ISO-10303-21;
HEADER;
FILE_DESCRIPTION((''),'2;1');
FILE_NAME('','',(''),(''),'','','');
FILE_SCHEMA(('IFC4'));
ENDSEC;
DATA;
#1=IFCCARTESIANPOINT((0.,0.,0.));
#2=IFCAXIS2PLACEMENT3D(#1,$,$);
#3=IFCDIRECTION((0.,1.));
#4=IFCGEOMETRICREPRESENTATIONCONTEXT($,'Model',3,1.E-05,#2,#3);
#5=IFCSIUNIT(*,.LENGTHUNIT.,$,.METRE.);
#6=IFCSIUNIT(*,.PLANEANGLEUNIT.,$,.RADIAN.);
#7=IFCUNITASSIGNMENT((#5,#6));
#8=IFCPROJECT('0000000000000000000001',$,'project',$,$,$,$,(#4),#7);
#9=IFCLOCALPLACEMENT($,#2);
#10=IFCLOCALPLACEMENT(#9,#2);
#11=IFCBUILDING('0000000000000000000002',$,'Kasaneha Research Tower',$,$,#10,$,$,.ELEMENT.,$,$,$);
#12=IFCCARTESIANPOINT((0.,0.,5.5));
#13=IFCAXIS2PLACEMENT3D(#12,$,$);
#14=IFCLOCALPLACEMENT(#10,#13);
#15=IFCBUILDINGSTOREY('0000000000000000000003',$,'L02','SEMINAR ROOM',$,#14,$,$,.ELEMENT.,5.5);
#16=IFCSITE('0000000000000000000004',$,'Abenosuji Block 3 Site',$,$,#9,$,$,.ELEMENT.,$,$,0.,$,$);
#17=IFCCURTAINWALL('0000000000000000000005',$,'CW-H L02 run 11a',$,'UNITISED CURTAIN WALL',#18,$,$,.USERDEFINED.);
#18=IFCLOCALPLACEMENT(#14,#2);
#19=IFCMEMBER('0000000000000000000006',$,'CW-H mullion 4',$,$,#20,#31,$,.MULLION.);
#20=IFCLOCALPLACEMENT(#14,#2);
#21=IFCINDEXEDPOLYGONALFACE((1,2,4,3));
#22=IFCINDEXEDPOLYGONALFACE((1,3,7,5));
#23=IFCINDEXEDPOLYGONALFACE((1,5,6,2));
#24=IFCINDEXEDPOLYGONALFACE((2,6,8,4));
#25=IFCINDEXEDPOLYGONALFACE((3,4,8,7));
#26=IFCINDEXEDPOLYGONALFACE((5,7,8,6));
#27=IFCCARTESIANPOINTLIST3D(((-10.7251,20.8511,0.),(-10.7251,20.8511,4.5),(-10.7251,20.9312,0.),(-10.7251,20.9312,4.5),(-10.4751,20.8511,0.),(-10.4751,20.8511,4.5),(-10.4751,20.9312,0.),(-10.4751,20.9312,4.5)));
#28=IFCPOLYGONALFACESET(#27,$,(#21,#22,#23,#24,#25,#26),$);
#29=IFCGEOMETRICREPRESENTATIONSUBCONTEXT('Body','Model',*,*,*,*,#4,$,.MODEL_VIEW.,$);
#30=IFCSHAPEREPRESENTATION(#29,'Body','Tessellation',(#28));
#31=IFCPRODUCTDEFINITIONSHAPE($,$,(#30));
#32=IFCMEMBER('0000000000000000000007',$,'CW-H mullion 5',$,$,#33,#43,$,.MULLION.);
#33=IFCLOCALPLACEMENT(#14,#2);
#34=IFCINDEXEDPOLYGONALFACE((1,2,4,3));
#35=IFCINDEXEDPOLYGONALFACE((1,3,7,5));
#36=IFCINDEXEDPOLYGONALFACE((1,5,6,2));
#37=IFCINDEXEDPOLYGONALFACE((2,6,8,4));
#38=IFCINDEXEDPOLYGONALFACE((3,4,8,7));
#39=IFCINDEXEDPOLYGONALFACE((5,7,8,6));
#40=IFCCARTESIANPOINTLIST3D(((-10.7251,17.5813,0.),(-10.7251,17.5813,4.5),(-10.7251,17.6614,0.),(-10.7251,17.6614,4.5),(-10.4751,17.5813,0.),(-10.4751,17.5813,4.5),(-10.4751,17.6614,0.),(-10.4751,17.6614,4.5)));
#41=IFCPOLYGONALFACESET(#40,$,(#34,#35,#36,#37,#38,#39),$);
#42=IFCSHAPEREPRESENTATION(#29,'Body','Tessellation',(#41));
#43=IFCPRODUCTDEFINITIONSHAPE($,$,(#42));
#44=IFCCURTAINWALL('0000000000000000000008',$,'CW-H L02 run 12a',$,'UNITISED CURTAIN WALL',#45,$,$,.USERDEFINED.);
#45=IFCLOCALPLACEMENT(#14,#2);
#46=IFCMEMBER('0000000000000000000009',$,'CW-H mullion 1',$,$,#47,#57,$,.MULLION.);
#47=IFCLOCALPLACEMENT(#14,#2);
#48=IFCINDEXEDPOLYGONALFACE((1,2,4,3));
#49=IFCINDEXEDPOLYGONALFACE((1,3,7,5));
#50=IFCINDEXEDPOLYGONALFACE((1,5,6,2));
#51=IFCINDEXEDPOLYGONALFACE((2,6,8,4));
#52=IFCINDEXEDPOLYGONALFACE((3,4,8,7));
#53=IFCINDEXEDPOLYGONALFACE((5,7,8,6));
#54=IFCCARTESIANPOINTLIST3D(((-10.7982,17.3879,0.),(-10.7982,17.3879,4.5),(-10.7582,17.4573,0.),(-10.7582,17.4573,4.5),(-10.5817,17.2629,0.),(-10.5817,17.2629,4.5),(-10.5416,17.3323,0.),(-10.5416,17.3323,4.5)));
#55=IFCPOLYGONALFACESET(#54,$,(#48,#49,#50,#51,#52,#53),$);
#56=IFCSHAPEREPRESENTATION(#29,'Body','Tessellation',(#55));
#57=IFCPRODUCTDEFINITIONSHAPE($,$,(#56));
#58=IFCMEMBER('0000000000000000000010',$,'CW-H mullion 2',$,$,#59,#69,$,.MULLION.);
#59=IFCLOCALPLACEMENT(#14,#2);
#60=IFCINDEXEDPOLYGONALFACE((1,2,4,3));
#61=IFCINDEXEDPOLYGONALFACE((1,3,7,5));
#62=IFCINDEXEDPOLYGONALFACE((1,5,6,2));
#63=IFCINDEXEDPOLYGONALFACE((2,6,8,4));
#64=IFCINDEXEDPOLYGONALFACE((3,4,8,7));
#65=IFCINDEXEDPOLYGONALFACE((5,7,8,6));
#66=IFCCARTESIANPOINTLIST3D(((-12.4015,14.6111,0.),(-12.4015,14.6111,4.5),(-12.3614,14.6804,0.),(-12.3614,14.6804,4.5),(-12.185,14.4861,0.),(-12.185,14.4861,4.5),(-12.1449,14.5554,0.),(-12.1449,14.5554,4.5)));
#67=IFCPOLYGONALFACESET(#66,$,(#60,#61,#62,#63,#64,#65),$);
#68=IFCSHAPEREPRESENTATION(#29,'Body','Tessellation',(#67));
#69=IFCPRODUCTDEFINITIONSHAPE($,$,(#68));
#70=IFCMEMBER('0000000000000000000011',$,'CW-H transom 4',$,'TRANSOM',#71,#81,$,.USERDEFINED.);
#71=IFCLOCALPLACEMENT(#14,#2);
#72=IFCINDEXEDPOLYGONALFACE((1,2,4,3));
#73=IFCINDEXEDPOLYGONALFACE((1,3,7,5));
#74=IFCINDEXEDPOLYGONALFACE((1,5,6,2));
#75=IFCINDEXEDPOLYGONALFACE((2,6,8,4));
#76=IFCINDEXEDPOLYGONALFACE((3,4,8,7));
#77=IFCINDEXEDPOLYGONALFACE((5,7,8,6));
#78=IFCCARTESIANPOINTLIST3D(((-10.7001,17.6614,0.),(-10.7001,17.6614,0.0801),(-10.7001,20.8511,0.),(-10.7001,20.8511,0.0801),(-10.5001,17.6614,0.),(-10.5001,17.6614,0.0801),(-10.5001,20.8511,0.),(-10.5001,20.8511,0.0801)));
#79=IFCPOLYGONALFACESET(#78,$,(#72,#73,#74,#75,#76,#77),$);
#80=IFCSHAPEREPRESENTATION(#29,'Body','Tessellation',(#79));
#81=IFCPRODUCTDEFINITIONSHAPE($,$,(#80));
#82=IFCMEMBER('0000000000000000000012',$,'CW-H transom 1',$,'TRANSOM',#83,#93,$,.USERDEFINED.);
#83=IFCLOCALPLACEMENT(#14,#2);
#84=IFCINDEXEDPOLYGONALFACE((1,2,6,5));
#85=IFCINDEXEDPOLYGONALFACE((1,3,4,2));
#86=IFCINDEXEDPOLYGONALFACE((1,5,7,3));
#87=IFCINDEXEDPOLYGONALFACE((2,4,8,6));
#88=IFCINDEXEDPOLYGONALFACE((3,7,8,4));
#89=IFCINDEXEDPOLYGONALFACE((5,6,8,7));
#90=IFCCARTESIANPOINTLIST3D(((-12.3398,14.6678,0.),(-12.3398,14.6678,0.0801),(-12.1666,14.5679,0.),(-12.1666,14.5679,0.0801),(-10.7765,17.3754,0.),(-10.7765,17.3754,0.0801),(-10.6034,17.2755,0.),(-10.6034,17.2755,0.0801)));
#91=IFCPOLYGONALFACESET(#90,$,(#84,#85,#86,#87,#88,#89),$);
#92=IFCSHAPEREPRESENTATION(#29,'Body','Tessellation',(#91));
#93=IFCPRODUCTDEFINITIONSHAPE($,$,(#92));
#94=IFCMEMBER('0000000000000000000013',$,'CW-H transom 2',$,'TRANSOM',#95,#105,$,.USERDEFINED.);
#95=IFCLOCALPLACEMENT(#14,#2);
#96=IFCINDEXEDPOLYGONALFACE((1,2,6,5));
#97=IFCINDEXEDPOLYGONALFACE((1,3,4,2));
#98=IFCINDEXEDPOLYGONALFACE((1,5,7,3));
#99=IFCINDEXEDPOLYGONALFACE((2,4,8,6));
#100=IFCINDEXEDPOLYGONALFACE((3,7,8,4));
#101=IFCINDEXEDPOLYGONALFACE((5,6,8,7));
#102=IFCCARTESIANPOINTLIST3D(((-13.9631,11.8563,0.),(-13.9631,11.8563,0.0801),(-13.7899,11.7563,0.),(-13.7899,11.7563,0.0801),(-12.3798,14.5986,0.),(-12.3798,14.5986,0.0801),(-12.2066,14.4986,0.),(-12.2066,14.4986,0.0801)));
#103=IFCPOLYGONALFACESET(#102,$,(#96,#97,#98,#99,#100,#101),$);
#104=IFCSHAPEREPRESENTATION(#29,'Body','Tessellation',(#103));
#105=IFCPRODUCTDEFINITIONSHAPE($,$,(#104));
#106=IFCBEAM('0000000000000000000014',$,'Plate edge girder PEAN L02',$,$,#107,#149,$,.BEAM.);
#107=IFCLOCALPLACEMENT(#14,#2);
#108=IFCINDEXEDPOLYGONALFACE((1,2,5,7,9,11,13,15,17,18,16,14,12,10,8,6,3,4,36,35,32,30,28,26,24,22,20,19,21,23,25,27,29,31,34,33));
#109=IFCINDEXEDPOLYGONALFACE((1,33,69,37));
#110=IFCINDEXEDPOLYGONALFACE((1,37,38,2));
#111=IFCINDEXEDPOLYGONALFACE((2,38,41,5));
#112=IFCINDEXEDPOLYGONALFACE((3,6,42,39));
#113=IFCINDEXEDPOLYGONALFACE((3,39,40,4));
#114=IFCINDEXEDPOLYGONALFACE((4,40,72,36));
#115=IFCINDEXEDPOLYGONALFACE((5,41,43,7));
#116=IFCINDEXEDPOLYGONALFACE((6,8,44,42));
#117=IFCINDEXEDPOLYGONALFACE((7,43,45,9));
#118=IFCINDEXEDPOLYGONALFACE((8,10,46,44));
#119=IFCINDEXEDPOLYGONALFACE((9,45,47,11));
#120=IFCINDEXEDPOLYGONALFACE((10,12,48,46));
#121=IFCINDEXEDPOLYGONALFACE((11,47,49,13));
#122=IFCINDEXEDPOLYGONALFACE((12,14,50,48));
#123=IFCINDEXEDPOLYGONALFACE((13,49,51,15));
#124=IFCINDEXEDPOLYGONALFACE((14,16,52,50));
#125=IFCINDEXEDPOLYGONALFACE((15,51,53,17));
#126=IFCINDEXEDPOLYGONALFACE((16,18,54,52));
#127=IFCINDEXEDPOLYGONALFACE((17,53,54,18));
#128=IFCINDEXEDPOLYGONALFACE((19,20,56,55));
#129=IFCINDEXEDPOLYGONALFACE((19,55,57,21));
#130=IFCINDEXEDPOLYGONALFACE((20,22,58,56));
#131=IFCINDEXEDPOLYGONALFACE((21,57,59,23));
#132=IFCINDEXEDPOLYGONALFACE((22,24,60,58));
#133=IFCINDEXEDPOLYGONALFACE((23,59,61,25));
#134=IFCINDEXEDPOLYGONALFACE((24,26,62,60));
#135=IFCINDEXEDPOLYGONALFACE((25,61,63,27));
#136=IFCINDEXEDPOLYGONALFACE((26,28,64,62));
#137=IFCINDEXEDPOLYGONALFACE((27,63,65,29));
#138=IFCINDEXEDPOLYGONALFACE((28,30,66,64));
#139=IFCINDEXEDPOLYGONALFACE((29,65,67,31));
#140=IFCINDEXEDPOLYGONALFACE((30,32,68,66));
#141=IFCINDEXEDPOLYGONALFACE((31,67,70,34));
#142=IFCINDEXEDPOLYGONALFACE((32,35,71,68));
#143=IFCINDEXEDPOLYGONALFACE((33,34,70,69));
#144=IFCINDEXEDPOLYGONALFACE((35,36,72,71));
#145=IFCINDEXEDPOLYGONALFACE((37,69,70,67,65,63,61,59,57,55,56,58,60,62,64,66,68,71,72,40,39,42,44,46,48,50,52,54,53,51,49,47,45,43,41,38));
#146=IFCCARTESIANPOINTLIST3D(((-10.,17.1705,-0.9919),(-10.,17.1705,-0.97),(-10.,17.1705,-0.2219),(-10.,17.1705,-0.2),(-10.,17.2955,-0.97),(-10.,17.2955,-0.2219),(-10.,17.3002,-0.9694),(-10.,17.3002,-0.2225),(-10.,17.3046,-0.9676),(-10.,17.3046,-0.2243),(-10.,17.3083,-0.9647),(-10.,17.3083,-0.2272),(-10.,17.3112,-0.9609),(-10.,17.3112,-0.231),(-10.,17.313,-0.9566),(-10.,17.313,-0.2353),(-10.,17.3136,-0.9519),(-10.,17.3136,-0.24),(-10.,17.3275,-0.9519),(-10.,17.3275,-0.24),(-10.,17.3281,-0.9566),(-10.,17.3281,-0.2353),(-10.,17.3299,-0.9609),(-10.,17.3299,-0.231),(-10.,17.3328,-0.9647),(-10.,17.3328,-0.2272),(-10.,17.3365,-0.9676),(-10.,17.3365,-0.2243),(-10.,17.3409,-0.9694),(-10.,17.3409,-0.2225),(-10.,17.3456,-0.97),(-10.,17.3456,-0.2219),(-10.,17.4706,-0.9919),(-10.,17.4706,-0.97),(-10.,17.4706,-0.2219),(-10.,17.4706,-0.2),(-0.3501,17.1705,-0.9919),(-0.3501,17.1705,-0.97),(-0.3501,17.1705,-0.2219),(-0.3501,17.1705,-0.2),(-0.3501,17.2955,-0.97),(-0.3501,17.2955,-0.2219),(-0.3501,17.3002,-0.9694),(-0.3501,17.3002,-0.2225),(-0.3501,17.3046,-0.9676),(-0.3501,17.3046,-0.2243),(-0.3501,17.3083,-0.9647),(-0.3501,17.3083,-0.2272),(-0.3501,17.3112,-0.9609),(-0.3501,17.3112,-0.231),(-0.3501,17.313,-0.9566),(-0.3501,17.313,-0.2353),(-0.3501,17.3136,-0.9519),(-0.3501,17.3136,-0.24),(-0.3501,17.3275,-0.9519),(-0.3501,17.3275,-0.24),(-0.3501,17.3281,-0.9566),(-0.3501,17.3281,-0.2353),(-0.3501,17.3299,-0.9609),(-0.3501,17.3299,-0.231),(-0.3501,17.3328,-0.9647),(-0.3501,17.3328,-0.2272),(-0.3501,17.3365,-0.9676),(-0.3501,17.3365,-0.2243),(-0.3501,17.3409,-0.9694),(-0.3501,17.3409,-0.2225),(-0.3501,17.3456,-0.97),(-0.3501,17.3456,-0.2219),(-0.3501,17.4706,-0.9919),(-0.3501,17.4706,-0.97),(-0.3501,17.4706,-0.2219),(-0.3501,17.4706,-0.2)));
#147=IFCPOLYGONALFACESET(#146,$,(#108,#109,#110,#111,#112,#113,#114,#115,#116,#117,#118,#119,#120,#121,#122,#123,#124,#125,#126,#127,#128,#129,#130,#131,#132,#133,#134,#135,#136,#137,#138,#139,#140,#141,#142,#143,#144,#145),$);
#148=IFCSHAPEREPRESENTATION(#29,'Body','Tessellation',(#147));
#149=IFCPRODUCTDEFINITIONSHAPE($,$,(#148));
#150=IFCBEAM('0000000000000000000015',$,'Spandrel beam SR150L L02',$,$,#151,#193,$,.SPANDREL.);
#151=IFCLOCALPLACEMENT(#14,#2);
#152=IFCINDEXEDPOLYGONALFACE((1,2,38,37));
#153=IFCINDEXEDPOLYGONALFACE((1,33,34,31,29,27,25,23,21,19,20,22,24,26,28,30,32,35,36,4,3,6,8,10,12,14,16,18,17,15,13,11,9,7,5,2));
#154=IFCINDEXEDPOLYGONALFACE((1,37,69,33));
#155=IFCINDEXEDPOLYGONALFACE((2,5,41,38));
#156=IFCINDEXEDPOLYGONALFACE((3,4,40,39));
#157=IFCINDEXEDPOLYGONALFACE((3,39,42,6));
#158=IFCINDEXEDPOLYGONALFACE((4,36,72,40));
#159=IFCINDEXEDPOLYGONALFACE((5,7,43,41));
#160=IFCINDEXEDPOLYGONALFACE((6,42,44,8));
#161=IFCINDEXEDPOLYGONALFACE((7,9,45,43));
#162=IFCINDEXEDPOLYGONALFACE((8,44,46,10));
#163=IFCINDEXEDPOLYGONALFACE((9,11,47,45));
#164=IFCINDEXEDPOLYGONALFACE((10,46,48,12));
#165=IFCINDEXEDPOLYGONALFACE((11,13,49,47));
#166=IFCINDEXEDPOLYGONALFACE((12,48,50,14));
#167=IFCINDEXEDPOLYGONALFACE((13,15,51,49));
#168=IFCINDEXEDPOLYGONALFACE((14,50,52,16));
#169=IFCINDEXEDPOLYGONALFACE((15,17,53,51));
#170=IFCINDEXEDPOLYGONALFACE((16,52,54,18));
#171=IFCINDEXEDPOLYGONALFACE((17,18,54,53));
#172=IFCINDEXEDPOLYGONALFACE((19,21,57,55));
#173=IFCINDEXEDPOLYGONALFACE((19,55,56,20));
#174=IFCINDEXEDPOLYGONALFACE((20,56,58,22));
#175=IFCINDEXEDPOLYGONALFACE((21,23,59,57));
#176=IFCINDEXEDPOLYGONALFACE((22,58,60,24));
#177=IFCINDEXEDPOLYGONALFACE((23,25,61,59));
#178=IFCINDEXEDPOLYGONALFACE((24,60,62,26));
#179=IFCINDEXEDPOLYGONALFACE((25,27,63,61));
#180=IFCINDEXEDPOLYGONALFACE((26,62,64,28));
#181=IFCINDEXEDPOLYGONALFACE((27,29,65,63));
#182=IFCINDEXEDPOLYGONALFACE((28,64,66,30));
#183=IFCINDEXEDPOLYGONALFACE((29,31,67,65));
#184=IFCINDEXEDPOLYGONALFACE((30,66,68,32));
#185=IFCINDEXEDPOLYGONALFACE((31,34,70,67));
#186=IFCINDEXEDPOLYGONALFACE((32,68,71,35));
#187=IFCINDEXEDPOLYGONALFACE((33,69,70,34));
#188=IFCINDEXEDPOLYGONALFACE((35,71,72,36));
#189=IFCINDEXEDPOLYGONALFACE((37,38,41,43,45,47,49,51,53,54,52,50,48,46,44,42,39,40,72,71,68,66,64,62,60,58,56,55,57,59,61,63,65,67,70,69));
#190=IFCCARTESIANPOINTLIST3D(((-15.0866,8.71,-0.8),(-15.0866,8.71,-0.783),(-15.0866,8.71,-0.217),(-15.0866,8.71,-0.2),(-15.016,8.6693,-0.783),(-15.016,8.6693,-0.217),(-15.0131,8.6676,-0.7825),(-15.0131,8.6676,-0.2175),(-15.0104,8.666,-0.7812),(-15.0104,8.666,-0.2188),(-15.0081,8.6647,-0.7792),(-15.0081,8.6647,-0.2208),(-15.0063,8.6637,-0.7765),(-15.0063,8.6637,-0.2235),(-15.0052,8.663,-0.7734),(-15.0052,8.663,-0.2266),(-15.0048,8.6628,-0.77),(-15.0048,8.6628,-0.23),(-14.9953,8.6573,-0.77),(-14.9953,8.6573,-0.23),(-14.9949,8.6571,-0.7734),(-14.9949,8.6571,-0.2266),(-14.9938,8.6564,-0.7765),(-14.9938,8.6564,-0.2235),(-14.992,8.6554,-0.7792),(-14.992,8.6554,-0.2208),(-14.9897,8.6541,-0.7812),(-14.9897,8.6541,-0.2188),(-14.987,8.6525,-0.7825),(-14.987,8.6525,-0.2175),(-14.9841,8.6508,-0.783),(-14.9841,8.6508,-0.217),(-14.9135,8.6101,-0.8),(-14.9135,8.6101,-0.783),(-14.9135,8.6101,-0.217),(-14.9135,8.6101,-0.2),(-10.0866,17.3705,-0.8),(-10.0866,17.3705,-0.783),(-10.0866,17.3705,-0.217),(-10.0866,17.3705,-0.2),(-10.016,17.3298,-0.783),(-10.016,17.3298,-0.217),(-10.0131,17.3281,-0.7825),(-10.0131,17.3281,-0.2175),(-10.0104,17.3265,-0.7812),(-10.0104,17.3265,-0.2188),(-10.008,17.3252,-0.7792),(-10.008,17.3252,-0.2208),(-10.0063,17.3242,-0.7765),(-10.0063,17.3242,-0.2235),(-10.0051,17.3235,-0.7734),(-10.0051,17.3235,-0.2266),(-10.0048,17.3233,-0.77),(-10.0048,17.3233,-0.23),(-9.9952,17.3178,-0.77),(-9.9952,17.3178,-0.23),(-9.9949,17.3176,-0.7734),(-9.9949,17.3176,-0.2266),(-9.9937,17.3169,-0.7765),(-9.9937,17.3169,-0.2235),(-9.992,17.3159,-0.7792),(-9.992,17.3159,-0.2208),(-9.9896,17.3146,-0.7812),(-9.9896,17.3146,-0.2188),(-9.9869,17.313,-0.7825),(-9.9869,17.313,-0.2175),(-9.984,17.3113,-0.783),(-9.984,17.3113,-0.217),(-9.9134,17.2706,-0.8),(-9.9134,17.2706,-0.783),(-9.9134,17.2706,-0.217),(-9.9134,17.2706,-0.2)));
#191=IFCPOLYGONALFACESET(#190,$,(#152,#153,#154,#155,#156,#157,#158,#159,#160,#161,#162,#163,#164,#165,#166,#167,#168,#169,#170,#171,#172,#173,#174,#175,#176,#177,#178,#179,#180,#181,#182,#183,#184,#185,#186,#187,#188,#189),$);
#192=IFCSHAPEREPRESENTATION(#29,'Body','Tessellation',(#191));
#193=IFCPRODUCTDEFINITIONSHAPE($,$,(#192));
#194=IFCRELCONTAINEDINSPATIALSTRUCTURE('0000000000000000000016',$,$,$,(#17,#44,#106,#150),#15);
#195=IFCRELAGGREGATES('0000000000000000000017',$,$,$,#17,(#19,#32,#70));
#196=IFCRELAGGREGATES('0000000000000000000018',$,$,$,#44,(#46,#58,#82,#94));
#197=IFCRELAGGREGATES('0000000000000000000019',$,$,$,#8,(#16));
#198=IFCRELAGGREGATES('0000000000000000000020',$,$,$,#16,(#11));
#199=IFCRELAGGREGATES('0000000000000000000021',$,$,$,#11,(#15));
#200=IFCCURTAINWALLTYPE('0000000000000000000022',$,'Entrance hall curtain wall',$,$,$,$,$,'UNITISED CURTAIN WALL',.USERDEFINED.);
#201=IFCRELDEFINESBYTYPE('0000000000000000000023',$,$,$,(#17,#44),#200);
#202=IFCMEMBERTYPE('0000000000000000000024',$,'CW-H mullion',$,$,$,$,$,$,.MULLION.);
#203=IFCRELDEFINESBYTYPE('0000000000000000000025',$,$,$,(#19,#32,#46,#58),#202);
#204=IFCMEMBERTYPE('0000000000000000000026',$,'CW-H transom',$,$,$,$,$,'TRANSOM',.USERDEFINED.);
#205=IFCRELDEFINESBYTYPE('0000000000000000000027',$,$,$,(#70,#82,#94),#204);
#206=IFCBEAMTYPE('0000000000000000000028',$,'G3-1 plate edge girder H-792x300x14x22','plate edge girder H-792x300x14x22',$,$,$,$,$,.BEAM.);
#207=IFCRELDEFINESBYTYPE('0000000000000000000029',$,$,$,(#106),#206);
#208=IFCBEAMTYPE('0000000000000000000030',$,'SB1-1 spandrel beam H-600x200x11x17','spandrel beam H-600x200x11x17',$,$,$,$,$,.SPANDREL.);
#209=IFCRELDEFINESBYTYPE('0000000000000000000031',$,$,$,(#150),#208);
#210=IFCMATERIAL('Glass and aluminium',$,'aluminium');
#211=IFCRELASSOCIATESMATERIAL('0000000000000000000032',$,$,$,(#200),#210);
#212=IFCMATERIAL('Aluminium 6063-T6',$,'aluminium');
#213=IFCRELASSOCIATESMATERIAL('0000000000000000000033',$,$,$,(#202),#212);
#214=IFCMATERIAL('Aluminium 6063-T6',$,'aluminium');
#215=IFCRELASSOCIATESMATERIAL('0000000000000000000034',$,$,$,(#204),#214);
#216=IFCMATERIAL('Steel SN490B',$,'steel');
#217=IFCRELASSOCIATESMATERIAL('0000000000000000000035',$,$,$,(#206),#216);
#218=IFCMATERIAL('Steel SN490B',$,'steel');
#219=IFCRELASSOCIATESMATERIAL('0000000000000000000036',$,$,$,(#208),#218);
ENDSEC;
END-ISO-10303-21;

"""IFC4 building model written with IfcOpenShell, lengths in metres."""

from ifc_helpers import new_model, si_unit, direction, frame, origin, origin_2d, place, context, subcontext, project, spatial, rectangle, i_section, extrude, material, material_profile, profile_set, type_object, element, aggregate, save


model = new_model("IFC4")

# Units and contexts
model_context = context("Model", 3, precision=1e-05, world=origin(), true_north=direction((0.0, 1.0)))
body_context = subcontext(model_context, "Body", "Model", "MODEL_VIEW")
ifc_project = project(units=[si_unit("LENGTHUNIT", "METRE"), si_unit("PLANEANGLEUNIT", "RADIAN")], contexts=[model_context])

# Site, building, storey
site_placement = place(None, origin())
site = spatial("IfcSite", under=ifc_project, at=site_placement, Name="Abenosuji Block 3 Site", CompositionType="ELEMENT", RefElevation=0.0)
building_placement = place(site_placement, origin())
building = spatial("IfcBuilding", under=site, at=building_placement, Name="Kasaneha Research Tower", CompositionType="ELEMENT")
storey_placement = place(building_placement, frame((0.0, 0.0, 5.5)))
storey = spatial("IfcBuildingStorey", under=building, at=storey_placement, Name="L02", Description="SEMINAR ROOM", CompositionType="ELEMENT", Elevation=5.5)

# Curtain walls, members
ifc_material_1 = material(Name="Glass and aluminium", Category="aluminium")
curtain_wall_type = type_object("IfcCurtainWallType", Name="Entrance hall curtain wall", ElementType="UNITISED CURTAIN WALL", PredefinedType="USERDEFINED", material=ifc_material_1)
curtain_wall_1_placement = place(storey_placement, origin())
curtain_wall_1 = element("IfcCurtainWall", 1, at=curtain_wall_1_placement, inside=storey, type_object=curtain_wall_type, Name="CW-H L02 run 11a", ObjectType="UNITISED CURTAIN WALL", PredefinedType="USERDEFINED")
ifc_material_2 = material(Name="Aluminium 6063-T6", Category="aluminium")
ifc_material_profile_1 = material_profile(ifc_material_2, rectangle(XDim=0.0801, YDim=0.25, at=origin_2d()), Name="CW-H mullion 80x250")
ifc_profile_set_1 = profile_set([ifc_material_profile_1], Name="Aluminium 6063-T6")
member_type_1 = type_object("IfcMemberType", Name="CW-H mullion", PredefinedType="MULLION", material=ifc_profile_set_1)
member_1_placement = place(storey_placement, frame((-10.6001, 20.8911, 0.0), z_axis=(0.0, 0.0, 1.0), x_axis=(0.0, -1.0, 0.0)))
member_1 = element("IfcMember", 2, at=member_1_placement, type_object=member_type_1, Name="CW-H mullion 4", PredefinedType="MULLION", context=body_context, shape_type="SweptSolid", body=[
    extrude(rectangle(XDim=0.0801, YDim=0.25, at=origin_2d()), origin(), (0.0, 0.0, 1.0), 4.5),
])
member_2_placement = place(storey_placement, frame((-10.6001, 17.6213, 0.0), z_axis=(0.0, 0.0, 1.0), x_axis=(0.0, -1.0, 0.0)))
member_2 = element("IfcMember", 3, at=member_2_placement, type_object=member_type_1, Name="CW-H mullion 5", PredefinedType="MULLION", context=body_context, shape_type="SweptSolid", body=[
    extrude(rectangle(XDim=0.0801, YDim=0.25, at=origin_2d()), origin(), (0.0, 0.0, 1.0), 4.5),
])
curtain_wall_2_placement = place(storey_placement, origin())
curtain_wall_2 = element("IfcCurtainWall", 4, at=curtain_wall_2_placement, inside=storey, type_object=curtain_wall_type, Name="CW-H L02 run 12a", ObjectType="UNITISED CURTAIN WALL", PredefinedType="USERDEFINED")
member_3_placement = place(storey_placement, frame((-10.6699, 17.3601, 0.0), z_axis=(0.0, 0.0, 1.0), x_axis=(-0.5, -0.866025, 0.0)))
member_3 = element("IfcMember", 5, at=member_3_placement, type_object=member_type_1, Name="CW-H mullion 1", PredefinedType="MULLION", context=body_context, shape_type="SweptSolid", body=[
    extrude(rectangle(XDim=0.0801, YDim=0.25, at=origin_2d()), origin(), (0.0, 0.0, 1.0), 4.5),
])
member_4_placement = place(storey_placement, frame((-12.2732, 14.5833, 0.0), z_axis=(0.0, 0.0, 1.0), x_axis=(-0.5, -0.866025, 0.0)))
member_4 = element("IfcMember", 6, at=member_4_placement, type_object=member_type_1, Name="CW-H mullion 2", PredefinedType="MULLION", context=body_context, shape_type="SweptSolid", body=[
    extrude(rectangle(XDim=0.0801, YDim=0.25, at=origin_2d()), origin(), (0.0, 0.0, 1.0), 4.5),
])

# Members
ifc_material_3 = material(Name="Aluminium 6063-T6", Category="aluminium")
ifc_material_profile_2 = material_profile(ifc_material_3, rectangle(XDim=0.2, YDim=0.0801, at=origin_2d()), Name="CW-H transom 200x80")
ifc_profile_set_2 = profile_set([ifc_material_profile_2], Name="Aluminium 6063-T6")
member_type_2 = type_object("IfcMemberType", Name="CW-H transom", ElementType="TRANSOM", PredefinedType="USERDEFINED", material=ifc_profile_set_2)
member_5_placement = place(storey_placement, frame((-10.6001, 20.8511, 0.04), z_axis=(0.0, -1.0, 0.0), x_axis=(1.0, 0.0, 0.0)))
member_5 = element("IfcMember", 7, at=member_5_placement, type_object=member_type_2, Name="CW-H transom 4", ObjectType="TRANSOM", PredefinedType="USERDEFINED", context=body_context, shape_type="SweptSolid", body=[
    extrude(rectangle(XDim=0.2, YDim=0.0801, at=origin_2d()), origin(), (0.0, 0.0, 1.0), 3.1897),
])
member_6_placement = place(storey_placement, frame((-10.6899, 17.3254, 0.04), z_axis=(-0.500011, -0.866019, 0.0), x_axis=(0.866019, -0.500011, 0.0)))
member_6 = element("IfcMember", 8, at=member_6_placement, type_object=member_type_2, Name="CW-H transom 1", ObjectType="TRANSOM", PredefinedType="USERDEFINED", context=body_context, shape_type="SweptSolid", body=[
    extrude(rectangle(XDim=0.2, YDim=0.0801, at=origin_2d()), origin(), (0.0, 0.0, 1.0), 3.1265),
])
member_7_placement = place(storey_placement, frame((-12.2932, 14.5486, 0.04), z_axis=(-0.500012, -0.866019, 0.0), x_axis=(0.866019, -0.500012, 0.0)))
member_7 = element("IfcMember", 9, at=member_7_placement, type_object=member_type_2, Name="CW-H transom 2", ObjectType="TRANSOM", PredefinedType="USERDEFINED", context=body_context, shape_type="SweptSolid", body=[
    extrude(rectangle(XDim=0.2, YDim=0.0801, at=origin_2d()), origin(), (0.0, 0.0, 1.0), 3.1665),
])

# Beams
ifc_material_4 = material(Name="Steel SN490B", Category="steel")
ifc_material_profile_3 = material_profile(ifc_material_4, i_section(OverallWidth=0.3, OverallDepth=0.792, WebThickness=0.0139, FlangeThickness=0.022, FilletRadius=0.0181, at=origin_2d()), Name="H-792x300x14x22")
ifc_profile_set_3 = profile_set([ifc_material_profile_3], Name="Steel SN490B")
beam_type_1 = type_object("IfcBeamType", Name="G3-1 plate edge girder H-792x300x14x22", Description="plate edge girder H-792x300x14x22", PredefinedType="BEAM", material=ifc_profile_set_3)
beam_1_placement = place(storey_placement, frame((-10.0, 17.3206, -0.5959), z_axis=(1.0, 0.0, 0.0), x_axis=(0.0, 1.0, 0.0)))
element("IfcBeam", 10, at=beam_1_placement, inside=storey, type_object=beam_type_1, Name="Plate edge girder PEAN L02", PredefinedType="BEAM", context=body_context, shape_type="SweptSolid", body=[
    extrude(i_section(OverallWidth=0.3, OverallDepth=0.792, WebThickness=0.0139, FlangeThickness=0.022, FilletRadius=0.0181, at=origin_2d()), origin(), (0.0, 0.0, 1.0), 9.6499),
])
ifc_material_5 = material(Name="Steel SN490B", Category="steel")
ifc_material_profile_4 = material_profile(ifc_material_5, i_section(OverallWidth=0.2, OverallDepth=0.6001, WebThickness=0.011, FlangeThickness=0.0171, FilletRadius=0.0129, at=origin_2d()), Name="H-600x200x11x17")
ifc_profile_set_4 = profile_set([ifc_material_profile_4], Name="Steel SN490B")
beam_type_2 = type_object("IfcBeamType", Name="SB1-1 spandrel beam H-600x200x11x17", Description="spandrel beam H-600x200x11x17", PredefinedType="SPANDREL", material=ifc_profile_set_4)
beam_2_placement = place(storey_placement, frame((-10.0, 17.3206, -0.5), z_axis=(-0.499994, -0.866029, 0.0), x_axis=(0.866029, -0.499994, 0.0)))
element("IfcBeam", 11, at=beam_2_placement, inside=storey, type_object=beam_type_2, Name="Spandrel beam SR150L L02", PredefinedType="SPANDREL", context=body_context, shape_type="SweptSolid", body=[
    extrude(i_section(OverallWidth=0.2, OverallDepth=0.6001, WebThickness=0.011, FlangeThickness=0.0171, FilletRadius=0.0129, at=origin_2d()), origin(), (0.0, 0.0, 1.0), 10.0002),
])

aggregate(curtain_wall_1, [member_1, member_2, member_5])
aggregate(curtain_wall_2, [member_3, member_4, member_6, member_7])

save(model, "model.ifc")
